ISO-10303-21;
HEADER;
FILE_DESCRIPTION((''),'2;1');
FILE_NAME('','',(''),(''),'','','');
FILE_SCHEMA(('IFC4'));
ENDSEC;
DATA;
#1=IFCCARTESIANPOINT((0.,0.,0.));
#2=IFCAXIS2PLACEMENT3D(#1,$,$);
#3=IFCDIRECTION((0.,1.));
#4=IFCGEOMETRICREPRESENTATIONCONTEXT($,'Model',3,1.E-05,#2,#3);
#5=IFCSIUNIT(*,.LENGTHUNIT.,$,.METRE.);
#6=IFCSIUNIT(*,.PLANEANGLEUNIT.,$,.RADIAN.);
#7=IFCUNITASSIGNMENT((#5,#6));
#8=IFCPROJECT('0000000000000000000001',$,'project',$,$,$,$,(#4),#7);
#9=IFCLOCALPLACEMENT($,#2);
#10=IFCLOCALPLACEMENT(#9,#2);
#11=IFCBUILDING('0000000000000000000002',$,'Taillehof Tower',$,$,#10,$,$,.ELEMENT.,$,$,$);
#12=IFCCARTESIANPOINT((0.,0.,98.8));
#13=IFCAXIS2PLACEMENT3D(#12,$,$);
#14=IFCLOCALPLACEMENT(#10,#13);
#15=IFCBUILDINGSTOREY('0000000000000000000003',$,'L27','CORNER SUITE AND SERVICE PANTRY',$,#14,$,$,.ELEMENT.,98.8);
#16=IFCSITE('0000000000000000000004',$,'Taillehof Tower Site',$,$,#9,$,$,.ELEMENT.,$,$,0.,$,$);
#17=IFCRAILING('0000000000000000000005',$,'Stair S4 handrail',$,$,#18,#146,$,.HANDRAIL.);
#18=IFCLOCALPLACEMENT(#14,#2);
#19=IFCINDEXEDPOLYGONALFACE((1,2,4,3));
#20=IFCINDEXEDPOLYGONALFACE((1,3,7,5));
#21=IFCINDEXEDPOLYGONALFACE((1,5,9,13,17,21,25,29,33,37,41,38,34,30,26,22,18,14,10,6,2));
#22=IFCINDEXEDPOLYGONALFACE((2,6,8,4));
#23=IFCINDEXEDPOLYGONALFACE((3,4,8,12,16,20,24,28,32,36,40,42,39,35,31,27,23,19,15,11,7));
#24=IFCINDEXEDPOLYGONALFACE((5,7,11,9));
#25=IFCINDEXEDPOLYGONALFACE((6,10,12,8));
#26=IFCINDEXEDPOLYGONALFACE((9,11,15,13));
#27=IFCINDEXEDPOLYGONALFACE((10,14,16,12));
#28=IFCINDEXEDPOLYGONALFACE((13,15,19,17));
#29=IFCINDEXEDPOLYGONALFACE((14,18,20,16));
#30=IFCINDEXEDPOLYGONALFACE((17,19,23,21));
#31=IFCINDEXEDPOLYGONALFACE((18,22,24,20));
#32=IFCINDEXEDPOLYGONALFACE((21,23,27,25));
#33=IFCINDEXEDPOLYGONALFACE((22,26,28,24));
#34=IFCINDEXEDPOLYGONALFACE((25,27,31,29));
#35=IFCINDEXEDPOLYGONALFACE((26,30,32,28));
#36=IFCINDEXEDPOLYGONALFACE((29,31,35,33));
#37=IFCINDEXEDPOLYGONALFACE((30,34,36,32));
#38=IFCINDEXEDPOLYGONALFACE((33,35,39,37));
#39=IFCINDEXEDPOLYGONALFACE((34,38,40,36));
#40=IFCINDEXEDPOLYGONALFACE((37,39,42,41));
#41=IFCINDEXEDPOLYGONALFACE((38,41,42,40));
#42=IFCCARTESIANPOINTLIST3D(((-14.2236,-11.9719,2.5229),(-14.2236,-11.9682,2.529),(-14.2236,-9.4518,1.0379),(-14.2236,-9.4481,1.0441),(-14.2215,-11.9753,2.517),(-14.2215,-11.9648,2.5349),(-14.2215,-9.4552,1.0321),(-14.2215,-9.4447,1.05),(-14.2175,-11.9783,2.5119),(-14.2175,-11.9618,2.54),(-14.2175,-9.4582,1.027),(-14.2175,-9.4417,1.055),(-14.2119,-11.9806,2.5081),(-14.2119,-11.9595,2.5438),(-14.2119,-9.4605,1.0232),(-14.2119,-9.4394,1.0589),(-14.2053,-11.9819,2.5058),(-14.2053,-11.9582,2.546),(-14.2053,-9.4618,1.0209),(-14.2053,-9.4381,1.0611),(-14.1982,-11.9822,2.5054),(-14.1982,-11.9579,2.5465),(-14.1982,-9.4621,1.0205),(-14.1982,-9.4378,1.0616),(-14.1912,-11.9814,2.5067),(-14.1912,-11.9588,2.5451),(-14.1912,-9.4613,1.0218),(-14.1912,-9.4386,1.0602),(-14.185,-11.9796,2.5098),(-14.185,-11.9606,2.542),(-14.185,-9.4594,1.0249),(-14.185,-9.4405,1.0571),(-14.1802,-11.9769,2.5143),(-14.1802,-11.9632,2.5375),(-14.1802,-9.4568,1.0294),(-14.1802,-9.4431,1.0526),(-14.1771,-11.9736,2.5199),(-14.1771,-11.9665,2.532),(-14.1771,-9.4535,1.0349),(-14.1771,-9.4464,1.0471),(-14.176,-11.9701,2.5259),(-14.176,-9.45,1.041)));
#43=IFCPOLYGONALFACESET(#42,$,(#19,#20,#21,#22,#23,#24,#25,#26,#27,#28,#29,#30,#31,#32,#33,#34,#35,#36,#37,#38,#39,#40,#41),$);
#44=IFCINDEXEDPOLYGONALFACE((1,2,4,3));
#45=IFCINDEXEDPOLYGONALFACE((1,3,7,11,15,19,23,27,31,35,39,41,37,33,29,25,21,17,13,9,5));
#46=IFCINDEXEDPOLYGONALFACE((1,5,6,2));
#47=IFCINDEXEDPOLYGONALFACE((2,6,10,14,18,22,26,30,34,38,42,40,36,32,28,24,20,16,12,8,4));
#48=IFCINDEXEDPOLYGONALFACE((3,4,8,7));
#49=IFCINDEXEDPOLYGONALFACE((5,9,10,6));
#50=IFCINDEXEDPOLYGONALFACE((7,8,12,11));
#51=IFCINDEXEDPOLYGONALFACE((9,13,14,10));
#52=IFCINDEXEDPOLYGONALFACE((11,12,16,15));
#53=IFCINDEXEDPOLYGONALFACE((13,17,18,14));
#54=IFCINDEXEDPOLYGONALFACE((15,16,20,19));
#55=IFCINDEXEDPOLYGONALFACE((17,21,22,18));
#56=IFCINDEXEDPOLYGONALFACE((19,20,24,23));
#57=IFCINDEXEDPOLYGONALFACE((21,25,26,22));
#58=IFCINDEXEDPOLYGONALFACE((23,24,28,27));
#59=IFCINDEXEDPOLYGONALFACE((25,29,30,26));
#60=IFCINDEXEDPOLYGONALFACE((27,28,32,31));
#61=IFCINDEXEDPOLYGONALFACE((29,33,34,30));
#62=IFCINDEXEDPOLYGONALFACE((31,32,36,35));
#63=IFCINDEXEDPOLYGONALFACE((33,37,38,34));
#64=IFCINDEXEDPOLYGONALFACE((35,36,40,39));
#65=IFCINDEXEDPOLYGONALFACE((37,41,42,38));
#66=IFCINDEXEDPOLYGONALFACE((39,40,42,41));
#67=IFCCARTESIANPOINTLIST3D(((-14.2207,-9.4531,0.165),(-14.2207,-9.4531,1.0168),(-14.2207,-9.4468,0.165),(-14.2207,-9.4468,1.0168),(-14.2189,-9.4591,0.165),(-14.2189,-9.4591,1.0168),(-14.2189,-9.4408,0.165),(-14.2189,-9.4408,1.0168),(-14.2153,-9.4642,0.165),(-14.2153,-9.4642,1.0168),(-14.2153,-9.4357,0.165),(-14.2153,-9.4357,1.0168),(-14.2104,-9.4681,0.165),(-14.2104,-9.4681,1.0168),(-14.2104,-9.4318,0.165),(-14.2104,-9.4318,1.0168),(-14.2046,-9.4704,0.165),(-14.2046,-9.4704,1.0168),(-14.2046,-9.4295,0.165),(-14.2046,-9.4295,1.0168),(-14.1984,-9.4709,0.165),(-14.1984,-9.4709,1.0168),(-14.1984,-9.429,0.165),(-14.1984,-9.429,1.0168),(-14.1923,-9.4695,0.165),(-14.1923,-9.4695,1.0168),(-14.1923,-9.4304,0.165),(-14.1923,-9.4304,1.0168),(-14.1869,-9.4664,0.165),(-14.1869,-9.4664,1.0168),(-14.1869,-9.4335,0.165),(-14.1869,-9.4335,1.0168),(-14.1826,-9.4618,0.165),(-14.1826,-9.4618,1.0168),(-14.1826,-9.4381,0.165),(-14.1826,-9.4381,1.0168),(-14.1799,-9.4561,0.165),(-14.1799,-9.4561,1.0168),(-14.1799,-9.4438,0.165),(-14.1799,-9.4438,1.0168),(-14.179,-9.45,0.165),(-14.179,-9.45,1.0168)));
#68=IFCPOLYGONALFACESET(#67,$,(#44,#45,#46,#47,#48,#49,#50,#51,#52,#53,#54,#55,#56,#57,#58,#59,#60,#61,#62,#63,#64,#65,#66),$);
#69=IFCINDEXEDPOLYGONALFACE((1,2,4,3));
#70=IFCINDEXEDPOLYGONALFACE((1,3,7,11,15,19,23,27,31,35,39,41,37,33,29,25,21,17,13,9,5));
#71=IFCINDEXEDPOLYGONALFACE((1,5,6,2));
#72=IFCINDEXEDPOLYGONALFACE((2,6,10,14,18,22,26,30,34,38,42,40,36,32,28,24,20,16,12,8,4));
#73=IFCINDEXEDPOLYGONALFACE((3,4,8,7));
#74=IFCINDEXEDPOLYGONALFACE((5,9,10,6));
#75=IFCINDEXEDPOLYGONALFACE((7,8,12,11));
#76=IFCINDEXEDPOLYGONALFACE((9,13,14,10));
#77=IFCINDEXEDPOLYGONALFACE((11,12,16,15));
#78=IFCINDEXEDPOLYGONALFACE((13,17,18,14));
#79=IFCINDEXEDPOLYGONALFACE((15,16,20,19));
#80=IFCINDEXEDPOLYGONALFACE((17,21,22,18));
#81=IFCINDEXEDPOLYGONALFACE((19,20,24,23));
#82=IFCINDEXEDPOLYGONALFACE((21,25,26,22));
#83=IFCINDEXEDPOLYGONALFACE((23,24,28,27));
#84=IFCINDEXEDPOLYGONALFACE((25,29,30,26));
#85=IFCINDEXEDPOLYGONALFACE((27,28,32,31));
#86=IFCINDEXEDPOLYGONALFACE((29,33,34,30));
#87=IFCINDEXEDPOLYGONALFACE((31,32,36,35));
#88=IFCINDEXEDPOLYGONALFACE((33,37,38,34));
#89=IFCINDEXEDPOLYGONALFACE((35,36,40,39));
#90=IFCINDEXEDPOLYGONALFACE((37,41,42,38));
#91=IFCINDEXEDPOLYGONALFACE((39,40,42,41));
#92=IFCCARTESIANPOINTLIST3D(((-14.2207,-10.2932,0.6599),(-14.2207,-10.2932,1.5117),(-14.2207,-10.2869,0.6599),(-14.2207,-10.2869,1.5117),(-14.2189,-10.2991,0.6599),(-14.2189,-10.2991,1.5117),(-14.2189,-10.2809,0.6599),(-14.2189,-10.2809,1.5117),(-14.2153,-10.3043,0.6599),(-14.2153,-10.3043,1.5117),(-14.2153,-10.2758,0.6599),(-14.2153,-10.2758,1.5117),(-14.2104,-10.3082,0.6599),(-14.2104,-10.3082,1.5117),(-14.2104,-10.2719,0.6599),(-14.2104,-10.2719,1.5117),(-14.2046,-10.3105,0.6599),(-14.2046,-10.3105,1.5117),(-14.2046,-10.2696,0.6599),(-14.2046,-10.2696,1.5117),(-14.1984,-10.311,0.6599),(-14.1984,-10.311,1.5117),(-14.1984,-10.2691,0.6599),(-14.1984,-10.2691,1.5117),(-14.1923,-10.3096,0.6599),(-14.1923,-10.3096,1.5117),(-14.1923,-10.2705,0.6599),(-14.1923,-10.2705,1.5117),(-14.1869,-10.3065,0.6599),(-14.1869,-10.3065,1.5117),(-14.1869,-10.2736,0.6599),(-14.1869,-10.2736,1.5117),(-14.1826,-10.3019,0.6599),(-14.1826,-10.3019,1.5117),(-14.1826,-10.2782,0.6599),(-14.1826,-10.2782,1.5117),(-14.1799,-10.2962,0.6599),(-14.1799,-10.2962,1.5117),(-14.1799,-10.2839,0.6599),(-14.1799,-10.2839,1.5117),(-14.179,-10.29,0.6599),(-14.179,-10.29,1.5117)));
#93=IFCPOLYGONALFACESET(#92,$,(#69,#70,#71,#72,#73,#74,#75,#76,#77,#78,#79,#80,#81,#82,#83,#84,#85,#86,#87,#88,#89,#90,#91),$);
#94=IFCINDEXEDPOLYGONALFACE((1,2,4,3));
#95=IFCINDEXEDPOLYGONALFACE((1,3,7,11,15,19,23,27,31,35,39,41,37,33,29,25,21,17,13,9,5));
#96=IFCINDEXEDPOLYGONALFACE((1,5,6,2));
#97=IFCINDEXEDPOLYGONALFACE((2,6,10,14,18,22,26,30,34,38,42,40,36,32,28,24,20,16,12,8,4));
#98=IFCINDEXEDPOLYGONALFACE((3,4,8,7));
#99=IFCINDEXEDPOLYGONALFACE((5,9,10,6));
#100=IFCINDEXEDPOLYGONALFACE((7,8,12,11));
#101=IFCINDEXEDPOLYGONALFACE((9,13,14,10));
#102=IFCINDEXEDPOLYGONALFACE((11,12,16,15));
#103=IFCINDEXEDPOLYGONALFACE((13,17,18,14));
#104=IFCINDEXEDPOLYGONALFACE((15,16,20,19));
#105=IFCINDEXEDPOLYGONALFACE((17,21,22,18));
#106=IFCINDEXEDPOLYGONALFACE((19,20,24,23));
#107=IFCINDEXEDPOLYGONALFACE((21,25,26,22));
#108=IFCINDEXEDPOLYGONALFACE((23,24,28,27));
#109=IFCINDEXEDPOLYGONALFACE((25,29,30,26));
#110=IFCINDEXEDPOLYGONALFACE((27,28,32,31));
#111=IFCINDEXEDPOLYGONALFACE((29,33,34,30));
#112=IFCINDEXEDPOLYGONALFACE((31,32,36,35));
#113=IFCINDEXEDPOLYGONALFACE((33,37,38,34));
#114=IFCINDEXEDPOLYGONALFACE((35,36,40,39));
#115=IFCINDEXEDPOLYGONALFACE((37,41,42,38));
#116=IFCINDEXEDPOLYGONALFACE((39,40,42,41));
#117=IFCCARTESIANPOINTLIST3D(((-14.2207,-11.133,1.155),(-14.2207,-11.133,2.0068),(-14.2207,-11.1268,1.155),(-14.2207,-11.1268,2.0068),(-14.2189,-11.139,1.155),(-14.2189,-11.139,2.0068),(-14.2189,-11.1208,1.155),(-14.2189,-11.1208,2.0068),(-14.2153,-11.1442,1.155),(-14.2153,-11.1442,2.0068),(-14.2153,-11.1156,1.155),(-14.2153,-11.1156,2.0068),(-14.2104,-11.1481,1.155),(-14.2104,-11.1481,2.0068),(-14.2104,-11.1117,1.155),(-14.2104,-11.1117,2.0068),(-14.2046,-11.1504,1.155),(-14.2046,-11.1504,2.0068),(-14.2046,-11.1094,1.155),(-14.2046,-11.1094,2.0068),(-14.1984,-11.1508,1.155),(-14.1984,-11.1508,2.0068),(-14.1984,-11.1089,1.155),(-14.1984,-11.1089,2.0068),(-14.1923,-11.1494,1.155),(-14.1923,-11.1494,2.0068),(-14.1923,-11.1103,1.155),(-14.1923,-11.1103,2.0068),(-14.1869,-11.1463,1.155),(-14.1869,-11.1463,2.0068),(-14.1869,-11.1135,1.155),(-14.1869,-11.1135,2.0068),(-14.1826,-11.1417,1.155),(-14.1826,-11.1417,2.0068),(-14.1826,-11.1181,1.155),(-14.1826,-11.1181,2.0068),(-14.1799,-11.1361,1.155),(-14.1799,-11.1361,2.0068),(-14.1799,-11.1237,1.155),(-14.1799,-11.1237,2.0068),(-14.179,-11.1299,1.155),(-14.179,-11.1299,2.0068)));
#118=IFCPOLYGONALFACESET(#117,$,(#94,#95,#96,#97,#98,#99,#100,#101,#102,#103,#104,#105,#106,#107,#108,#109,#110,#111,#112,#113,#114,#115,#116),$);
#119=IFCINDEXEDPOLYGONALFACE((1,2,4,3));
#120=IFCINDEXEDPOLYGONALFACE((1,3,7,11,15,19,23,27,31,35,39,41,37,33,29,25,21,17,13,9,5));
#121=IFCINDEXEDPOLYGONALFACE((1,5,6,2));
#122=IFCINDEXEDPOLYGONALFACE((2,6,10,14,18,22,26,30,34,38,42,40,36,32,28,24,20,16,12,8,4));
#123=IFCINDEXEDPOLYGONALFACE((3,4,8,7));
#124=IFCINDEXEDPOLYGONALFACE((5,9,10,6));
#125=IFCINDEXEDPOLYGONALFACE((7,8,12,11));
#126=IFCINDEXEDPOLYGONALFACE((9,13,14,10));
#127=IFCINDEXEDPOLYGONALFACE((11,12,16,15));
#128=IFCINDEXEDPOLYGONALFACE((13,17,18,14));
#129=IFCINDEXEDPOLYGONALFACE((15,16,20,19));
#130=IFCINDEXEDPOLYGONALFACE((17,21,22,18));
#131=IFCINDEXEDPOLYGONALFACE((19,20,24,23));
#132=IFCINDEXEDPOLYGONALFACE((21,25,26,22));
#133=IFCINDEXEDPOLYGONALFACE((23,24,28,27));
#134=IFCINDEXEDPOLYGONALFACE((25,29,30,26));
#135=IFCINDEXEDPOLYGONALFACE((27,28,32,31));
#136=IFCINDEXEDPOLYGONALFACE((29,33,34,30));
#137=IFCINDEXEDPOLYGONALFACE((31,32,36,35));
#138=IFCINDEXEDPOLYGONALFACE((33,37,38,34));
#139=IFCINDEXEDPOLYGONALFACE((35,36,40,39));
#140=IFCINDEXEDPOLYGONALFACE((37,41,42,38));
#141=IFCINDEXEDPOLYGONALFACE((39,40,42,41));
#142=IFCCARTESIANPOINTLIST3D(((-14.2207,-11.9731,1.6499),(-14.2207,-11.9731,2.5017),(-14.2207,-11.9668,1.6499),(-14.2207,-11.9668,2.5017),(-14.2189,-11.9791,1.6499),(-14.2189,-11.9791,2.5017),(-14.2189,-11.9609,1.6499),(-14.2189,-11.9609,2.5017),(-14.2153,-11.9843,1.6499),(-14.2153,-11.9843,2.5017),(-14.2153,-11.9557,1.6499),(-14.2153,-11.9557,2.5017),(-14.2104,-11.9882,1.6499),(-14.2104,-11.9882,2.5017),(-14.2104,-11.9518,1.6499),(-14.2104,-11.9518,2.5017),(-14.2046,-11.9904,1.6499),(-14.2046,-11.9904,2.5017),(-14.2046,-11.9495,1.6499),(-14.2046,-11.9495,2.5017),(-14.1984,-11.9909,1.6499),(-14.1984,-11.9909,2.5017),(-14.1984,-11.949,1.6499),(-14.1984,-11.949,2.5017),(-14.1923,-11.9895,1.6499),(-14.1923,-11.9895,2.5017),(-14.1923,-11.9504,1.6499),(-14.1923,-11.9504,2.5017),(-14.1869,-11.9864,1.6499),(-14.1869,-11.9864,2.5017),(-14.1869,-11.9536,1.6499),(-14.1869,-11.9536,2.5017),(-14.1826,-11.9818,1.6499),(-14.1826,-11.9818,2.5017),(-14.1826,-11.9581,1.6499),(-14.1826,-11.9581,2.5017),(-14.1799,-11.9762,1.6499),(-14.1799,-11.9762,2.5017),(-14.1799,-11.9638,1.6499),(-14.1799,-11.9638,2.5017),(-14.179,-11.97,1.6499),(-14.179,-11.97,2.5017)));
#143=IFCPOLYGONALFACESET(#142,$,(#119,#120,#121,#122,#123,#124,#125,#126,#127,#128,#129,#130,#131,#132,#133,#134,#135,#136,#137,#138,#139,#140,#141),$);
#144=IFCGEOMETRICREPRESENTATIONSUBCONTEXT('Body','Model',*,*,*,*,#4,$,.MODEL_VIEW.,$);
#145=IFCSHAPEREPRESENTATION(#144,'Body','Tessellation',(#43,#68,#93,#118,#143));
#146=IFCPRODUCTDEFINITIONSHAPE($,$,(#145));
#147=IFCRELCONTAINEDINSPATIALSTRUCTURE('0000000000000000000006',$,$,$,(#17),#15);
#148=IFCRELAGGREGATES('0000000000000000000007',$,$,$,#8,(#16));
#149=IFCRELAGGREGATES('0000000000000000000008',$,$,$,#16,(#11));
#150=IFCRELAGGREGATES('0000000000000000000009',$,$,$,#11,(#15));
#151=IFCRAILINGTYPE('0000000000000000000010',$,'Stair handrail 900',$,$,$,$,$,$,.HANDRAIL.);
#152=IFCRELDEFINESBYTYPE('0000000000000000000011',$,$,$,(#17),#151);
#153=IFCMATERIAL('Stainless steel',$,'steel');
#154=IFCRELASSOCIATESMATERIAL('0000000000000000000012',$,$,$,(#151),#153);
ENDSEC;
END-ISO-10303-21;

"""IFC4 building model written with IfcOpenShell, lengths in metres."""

from ifc_helpers import new_model, si_unit, direction, frame, origin, origin_2d, place, context, subcontext, project, spatial, circle, extrude, material, type_object, element, save


model = new_model("IFC4")

# Units and contexts
model_context = context("Model", 3, precision=1e-05, world=origin(), true_north=direction((0.0, 1.0)))
body_context = subcontext(model_context, "Body", "Model", "MODEL_VIEW")
ifc_project = project(units=[si_unit("LENGTHUNIT", "METRE"), si_unit("PLANEANGLEUNIT", "RADIAN")], contexts=[model_context])

# Site, building, storey
site_placement = place(None, origin())
site = spatial("IfcSite", under=ifc_project, at=site_placement, Name="Taillehof Tower Site", CompositionType="ELEMENT", RefElevation=0.0)
building_placement = place(site_placement, origin())
building = spatial("IfcBuilding", under=site, at=building_placement, Name="Taillehof Tower", CompositionType="ELEMENT")
storey_placement = place(building_placement, frame((0.0, 0.0, 98.8)))
storey = spatial("IfcBuildingStorey", under=building, at=storey_placement, Name="L27", Description="CORNER SUITE AND SERVICE PANTRY", CompositionType="ELEMENT", Elevation=98.8)

# Railing
ifc_material_1 = material(Name="Stainless steel", Category="steel")
railing_type = type_object("IfcRailingType", Name="Stair handrail 900", PredefinedType="HANDRAIL", material=ifc_material_1)
railing_placement = place(storey_placement, frame((-14.2, -9.45, 0.165)))
element("IfcRailing", 1, at=railing_placement, inside=storey, type_object=railing_type, Name="Stair S4 handrail", PredefinedType="HANDRAIL", context=body_context, shape_type="SweptSolid", body=[
    extrude(circle(Radius=0.0239, at=origin_2d()), frame((0.0, 0.0, 0.876), z_axis=(0.0, -0.861561, 0.507655), x_axis=(1.0, 0.0, 0.0)), (0.0, 0.0, 1.0), 2.925),
    extrude(circle(Radius=0.021, at=origin_2d()), origin(), (0.0, 0.0, 1.0), 0.8518),
    extrude(circle(Radius=0.021, at=origin_2d()), frame((0.0, -0.8401, 0.4949)), (0.0, 0.0, 1.0), 0.8518),
    extrude(circle(Radius=0.021, at=origin_2d()), frame((0.0, -1.6799, 0.99)), (0.0, 0.0, 1.0), 0.8518),
    extrude(circle(Radius=0.021, at=origin_2d()), frame((0.0, -2.52, 1.4849)), (0.0, 0.0, 1.0), 0.8518),
])

save(model, "model.ifc")
